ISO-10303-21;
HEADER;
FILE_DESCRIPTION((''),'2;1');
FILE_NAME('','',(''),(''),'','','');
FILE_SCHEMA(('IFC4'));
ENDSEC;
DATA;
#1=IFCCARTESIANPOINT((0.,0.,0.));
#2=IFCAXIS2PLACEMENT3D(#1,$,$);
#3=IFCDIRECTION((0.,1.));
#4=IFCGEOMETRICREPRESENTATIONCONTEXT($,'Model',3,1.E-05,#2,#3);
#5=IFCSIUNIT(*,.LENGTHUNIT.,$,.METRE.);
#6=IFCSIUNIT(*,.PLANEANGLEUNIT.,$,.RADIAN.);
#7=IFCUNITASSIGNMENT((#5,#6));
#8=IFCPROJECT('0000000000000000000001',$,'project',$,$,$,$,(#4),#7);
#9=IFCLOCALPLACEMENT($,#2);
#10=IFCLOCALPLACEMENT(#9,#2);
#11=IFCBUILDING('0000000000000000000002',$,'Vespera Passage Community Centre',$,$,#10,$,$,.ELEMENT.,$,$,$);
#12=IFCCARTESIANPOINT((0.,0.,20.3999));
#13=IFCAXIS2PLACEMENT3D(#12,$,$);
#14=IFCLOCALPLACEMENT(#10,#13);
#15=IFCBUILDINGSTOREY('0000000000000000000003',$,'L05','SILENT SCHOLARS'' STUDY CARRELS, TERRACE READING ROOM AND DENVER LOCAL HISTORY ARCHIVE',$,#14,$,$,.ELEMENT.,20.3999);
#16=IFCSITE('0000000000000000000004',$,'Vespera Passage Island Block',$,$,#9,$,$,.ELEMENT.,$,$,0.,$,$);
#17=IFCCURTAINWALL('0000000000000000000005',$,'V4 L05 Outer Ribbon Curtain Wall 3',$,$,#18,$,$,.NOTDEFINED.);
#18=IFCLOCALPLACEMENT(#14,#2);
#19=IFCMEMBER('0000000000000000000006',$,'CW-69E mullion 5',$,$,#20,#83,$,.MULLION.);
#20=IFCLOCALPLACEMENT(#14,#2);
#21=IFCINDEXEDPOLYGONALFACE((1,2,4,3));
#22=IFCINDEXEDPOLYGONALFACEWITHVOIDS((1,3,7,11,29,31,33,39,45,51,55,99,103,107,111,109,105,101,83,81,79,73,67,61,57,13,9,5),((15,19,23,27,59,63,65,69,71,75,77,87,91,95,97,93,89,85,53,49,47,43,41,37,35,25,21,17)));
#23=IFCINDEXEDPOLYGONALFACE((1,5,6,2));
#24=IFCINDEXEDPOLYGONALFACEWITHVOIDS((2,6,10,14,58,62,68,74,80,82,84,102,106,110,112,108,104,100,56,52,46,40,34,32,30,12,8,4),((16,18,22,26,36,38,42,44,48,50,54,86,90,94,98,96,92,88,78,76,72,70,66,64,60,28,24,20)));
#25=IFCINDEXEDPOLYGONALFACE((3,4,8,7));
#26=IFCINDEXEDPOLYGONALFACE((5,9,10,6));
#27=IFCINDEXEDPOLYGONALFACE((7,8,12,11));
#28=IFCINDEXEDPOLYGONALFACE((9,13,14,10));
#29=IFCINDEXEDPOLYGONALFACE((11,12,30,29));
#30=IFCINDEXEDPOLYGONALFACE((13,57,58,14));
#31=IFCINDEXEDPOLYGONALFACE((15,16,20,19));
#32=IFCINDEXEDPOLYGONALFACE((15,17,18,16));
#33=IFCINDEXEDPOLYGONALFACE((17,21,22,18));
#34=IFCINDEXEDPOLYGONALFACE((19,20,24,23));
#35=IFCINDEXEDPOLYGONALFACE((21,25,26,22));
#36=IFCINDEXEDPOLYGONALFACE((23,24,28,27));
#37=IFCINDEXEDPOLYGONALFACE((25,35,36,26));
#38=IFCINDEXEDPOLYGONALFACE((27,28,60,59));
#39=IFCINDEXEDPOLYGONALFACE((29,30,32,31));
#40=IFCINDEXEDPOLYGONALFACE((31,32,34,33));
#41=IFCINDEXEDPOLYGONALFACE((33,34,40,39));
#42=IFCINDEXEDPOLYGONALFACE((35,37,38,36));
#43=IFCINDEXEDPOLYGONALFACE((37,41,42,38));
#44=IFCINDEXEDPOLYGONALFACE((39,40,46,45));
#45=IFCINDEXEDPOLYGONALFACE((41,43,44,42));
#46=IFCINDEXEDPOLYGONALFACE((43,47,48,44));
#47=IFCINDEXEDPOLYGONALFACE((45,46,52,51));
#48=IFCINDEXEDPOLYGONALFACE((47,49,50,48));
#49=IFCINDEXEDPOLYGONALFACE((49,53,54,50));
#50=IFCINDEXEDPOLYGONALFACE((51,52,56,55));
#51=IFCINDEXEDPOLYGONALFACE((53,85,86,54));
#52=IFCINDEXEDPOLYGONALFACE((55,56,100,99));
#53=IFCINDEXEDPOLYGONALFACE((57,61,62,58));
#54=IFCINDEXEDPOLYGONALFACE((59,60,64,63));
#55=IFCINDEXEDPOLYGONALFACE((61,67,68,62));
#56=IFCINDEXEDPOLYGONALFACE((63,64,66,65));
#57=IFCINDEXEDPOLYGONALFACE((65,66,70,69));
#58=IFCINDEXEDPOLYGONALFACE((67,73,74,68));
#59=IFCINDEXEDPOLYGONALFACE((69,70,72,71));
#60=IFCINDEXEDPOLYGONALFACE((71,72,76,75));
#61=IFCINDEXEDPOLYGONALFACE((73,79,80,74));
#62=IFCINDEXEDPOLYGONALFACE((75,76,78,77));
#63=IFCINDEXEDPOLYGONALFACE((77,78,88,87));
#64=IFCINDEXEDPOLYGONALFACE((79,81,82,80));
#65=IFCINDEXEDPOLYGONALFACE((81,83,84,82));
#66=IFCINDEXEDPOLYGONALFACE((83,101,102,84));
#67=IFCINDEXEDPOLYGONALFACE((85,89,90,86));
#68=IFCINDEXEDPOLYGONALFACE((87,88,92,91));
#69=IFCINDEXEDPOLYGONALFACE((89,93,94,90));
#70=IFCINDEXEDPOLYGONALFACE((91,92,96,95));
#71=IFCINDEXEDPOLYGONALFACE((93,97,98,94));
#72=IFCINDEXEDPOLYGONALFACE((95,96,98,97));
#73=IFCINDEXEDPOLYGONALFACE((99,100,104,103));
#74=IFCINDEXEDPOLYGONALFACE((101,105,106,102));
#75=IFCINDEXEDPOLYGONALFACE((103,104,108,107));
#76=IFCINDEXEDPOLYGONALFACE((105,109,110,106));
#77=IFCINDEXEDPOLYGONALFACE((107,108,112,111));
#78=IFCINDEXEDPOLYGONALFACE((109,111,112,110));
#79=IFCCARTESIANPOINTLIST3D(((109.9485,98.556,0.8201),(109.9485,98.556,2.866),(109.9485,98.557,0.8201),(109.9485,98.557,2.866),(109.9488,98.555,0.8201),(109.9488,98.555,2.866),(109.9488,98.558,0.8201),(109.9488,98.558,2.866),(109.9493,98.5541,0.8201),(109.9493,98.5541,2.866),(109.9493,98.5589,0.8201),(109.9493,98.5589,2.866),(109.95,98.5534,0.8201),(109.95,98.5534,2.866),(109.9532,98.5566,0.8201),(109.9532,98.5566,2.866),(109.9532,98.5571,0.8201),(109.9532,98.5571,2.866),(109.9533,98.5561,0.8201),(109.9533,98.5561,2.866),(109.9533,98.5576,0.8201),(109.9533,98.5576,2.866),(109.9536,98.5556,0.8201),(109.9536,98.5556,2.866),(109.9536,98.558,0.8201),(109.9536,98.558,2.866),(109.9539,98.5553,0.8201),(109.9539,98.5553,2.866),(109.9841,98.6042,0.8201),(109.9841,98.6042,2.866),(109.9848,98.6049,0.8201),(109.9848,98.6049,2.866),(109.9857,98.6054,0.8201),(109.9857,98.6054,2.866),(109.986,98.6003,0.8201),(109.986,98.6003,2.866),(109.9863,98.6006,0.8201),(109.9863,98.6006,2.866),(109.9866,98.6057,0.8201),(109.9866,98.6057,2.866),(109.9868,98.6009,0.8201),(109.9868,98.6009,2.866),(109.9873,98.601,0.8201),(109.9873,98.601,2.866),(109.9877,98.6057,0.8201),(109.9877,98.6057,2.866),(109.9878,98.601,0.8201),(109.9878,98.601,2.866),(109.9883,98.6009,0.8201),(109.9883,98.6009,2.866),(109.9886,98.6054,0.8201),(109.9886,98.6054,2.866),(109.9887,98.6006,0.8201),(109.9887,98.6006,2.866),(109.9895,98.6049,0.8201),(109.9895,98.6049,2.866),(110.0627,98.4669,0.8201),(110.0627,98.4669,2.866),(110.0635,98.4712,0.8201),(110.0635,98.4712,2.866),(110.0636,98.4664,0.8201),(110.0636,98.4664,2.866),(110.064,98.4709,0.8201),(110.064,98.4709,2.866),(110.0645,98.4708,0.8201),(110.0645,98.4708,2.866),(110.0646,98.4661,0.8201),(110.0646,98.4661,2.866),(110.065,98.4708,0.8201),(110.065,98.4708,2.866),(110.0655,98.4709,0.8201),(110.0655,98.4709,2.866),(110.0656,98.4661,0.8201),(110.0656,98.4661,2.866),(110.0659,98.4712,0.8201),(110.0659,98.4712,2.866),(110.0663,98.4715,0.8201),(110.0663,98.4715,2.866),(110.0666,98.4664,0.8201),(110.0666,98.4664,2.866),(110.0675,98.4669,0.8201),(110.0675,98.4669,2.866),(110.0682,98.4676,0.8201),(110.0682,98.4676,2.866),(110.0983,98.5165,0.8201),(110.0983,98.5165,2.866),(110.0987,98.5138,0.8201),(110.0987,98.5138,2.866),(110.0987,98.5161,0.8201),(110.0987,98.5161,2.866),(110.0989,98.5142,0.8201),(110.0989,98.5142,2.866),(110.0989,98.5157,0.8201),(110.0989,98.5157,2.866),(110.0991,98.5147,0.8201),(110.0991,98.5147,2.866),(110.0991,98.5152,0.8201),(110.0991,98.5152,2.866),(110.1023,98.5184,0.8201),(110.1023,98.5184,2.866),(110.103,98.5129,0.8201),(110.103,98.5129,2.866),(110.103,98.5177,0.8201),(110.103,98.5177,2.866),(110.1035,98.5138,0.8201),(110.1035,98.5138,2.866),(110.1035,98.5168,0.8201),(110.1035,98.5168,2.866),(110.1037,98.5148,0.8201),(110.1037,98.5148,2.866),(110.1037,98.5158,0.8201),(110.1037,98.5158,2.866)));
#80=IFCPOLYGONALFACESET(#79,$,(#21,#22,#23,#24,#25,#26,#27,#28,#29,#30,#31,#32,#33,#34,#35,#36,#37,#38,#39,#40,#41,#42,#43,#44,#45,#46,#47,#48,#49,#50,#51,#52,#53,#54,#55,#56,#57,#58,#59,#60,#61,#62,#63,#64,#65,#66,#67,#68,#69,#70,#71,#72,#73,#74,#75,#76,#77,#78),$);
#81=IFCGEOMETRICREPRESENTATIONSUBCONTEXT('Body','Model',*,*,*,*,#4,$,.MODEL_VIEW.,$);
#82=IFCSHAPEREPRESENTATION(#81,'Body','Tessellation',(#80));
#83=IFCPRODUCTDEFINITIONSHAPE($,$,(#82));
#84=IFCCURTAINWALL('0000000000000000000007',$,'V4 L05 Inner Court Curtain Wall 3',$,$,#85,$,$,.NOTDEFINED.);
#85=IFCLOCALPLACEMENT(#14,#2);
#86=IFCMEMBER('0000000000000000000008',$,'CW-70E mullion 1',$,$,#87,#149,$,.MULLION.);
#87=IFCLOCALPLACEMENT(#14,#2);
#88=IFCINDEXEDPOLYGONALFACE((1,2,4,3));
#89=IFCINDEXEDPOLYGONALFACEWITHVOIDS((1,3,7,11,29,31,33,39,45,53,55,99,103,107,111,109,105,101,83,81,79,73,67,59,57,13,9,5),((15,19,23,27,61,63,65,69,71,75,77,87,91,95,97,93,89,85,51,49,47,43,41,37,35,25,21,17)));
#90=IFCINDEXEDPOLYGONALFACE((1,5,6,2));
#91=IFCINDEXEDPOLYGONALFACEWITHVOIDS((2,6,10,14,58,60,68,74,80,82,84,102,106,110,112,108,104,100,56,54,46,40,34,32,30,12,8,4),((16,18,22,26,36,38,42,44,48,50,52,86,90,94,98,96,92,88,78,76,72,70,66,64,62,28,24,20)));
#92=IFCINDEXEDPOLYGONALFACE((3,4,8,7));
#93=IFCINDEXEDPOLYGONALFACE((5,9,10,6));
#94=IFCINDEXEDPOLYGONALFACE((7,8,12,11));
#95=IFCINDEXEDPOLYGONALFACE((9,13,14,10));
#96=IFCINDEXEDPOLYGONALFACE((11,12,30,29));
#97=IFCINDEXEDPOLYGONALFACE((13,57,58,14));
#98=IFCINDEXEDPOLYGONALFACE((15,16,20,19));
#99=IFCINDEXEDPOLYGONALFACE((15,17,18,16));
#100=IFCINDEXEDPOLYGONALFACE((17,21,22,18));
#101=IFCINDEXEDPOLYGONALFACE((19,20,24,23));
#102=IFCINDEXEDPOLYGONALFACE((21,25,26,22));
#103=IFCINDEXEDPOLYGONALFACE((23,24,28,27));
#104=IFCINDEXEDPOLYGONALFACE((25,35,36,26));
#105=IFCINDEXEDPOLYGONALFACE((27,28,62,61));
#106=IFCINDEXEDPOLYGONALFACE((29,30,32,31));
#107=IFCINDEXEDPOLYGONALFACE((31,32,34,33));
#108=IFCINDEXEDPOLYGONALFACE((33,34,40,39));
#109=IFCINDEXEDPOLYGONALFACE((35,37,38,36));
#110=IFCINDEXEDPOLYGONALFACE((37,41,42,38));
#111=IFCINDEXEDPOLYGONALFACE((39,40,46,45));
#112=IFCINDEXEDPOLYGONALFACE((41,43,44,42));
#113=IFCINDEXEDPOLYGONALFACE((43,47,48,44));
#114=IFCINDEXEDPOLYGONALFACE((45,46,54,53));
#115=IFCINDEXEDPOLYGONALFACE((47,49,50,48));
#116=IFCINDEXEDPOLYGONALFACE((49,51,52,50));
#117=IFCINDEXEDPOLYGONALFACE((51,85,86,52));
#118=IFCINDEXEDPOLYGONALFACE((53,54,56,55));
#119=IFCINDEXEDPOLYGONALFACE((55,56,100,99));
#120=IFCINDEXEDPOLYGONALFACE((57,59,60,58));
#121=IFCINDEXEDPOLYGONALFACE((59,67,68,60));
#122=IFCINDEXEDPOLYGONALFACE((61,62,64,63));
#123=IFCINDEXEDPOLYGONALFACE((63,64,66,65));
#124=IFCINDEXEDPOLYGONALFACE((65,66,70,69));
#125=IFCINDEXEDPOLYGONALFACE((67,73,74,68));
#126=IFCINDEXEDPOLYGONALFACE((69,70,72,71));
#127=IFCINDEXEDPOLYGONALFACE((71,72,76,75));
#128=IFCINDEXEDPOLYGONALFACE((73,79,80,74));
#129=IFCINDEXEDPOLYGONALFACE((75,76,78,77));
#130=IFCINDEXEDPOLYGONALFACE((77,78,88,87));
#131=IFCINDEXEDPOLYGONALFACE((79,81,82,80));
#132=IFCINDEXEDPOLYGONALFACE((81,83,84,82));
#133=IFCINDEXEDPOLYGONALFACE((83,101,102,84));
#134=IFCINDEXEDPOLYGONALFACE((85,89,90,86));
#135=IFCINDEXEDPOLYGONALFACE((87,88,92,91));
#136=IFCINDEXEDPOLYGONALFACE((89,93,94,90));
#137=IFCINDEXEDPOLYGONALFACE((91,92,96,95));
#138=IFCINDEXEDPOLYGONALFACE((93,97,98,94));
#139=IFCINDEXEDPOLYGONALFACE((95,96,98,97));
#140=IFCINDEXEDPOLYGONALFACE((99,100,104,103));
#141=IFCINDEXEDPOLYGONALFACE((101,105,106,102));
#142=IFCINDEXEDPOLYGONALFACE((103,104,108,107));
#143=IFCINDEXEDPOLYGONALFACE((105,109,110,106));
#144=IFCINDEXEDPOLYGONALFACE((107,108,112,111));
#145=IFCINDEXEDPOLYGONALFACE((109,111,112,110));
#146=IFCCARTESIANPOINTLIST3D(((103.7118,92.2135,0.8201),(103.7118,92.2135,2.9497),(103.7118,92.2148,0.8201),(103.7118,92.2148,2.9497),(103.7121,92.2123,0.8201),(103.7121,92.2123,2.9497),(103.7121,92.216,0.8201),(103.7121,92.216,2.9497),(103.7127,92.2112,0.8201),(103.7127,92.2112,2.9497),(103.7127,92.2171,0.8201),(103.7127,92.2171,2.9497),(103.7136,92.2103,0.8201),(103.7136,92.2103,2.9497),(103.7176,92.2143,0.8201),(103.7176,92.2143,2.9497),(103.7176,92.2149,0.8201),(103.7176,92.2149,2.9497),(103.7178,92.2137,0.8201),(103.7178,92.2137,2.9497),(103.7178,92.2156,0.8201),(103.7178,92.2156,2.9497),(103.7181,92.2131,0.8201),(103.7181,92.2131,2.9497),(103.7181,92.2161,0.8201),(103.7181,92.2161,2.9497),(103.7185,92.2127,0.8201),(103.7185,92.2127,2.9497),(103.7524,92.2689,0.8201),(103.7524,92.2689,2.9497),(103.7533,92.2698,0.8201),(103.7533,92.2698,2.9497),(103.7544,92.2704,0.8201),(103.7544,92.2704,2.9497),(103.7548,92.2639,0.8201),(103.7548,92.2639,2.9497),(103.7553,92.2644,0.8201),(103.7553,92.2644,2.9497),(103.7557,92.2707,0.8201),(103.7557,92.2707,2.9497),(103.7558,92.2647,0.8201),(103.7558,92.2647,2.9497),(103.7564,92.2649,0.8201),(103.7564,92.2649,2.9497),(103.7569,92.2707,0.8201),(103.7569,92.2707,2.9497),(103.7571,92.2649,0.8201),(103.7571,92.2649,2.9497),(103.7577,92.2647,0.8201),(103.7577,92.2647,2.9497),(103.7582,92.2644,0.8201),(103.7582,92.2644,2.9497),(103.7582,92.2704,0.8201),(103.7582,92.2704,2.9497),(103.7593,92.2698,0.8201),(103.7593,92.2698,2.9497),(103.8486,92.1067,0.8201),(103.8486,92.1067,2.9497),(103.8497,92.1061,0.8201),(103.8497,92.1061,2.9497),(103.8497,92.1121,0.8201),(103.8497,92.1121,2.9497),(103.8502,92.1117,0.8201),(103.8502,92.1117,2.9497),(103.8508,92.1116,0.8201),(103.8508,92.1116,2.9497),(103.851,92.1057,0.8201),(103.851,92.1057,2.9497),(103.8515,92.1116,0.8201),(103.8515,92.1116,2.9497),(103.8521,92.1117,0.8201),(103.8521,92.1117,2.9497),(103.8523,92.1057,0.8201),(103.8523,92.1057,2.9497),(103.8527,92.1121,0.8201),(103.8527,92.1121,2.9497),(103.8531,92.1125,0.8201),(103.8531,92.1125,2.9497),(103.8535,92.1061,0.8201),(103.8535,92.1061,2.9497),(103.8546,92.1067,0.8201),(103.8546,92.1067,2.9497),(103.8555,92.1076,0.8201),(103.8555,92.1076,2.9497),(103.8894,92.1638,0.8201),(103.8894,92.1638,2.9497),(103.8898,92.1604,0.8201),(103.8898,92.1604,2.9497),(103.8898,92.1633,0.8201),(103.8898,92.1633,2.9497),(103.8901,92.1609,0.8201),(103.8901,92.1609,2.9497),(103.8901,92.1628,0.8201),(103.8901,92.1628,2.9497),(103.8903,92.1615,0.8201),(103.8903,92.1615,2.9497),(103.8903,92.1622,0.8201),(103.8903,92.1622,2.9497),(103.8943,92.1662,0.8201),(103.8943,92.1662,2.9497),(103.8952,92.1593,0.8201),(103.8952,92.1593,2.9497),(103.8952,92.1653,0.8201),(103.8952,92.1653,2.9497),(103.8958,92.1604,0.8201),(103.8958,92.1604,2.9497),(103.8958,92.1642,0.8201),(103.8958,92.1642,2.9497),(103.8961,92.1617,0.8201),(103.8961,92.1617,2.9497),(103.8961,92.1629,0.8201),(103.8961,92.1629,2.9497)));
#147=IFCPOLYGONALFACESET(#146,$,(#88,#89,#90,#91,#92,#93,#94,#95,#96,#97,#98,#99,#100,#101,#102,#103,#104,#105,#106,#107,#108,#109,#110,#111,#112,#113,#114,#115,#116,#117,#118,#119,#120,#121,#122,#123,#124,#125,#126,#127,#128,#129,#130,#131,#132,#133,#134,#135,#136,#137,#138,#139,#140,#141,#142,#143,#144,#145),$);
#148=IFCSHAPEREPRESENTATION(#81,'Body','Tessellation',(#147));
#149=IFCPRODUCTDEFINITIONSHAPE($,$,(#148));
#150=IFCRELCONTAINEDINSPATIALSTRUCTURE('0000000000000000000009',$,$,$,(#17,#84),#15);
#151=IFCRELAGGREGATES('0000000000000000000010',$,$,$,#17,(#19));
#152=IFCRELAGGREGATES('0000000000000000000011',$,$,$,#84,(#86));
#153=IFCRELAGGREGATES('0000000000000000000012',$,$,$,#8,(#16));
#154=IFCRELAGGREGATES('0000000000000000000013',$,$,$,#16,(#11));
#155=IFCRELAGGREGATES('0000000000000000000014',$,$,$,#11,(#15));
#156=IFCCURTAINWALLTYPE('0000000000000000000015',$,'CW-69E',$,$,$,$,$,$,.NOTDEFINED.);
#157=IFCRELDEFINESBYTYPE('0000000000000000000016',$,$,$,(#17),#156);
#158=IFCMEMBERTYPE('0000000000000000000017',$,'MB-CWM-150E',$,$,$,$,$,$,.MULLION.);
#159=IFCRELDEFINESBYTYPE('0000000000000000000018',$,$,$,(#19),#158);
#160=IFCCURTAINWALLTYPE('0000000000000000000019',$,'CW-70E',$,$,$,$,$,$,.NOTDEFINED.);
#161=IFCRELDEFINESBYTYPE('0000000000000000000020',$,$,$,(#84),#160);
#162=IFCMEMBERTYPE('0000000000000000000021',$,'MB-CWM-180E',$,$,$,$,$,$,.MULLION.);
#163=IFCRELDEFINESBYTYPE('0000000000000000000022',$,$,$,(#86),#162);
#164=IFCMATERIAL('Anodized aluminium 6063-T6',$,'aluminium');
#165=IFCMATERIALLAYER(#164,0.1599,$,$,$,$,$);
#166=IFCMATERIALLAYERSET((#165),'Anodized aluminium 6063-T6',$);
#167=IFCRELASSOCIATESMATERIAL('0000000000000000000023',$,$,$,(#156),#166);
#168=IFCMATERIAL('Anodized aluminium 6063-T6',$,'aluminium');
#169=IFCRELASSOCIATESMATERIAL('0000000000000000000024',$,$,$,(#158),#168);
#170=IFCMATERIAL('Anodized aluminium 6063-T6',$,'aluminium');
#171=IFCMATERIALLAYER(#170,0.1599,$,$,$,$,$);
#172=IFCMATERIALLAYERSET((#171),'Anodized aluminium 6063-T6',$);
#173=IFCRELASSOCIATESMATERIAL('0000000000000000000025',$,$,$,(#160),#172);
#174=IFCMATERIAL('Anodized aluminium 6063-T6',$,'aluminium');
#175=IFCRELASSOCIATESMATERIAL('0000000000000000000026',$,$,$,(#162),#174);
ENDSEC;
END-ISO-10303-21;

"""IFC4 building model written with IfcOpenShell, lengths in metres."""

from ifc_helpers import new_model, si_unit, direction, frame, origin, origin_2d, place, context, subcontext, project, spatial, hollow_rectangle, extrude, material, layer, layer_set, material_profile, profile_set, type_object, element, aggregate, save


model = new_model("IFC4")

# Units and contexts
model_context = context("Model", 3, precision=1e-05, world=origin(), true_north=direction((0.0, 1.0)))
body_context = subcontext(model_context, "Body", "Model", "MODEL_VIEW")
ifc_project = project(units=[si_unit("LENGTHUNIT", "METRE"), si_unit("PLANEANGLEUNIT", "RADIAN")], contexts=[model_context])

# Site, building, storey
site_placement = place(None, origin())
site = spatial("IfcSite", under=ifc_project, at=site_placement, Name="Vespera Passage Island Block", CompositionType="ELEMENT", RefElevation=0.0)
building_placement = place(site_placement, origin())
building = spatial("IfcBuilding", under=site, at=building_placement, Name="Vespera Passage Community Centre", CompositionType="ELEMENT")
storey_placement = place(building_placement, frame((0.0, 0.0, 20.3999)))
storey = spatial("IfcBuildingStorey", under=building, at=storey_placement, Name="L05", Description="SILENT SCHOLARS' STUDY CARRELS, TERRACE READING ROOM AND DENVER LOCAL HISTORY ARCHIVE", CompositionType="ELEMENT", Elevation=20.3999)

# Curtain wall, member
ifc_material_1 = material(Name="Anodized aluminium 6063-T6", Category="aluminium")
ifc_layer_1 = layer(ifc_material_1, 0.1599)
ifc_layer_set_1 = layer_set([ifc_layer_1], Name="Anodized aluminium 6063-T6")
curtain_wall_type_1 = type_object("IfcCurtainWallType", Name="CW-69E", PredefinedType="NOTDEFINED", material=ifc_layer_set_1)
curtain_wall_1_placement = place(storey_placement, origin())
curtain_wall_1 = element("IfcCurtainWall", 1, at=curtain_wall_1_placement, inside=storey, type_object=curtain_wall_type_1, Name="V4 L05 Outer Ribbon Curtain Wall 3", PredefinedType="NOTDEFINED")
ifc_material_2 = material(Name="Anodized aluminium 6063-T6", Category="aluminium")
ifc_material_profile_1 = material_profile(ifc_material_2, hollow_rectangle(XDim=0.0649, YDim=0.1499, WallThickness=0.0039, InnerFilletRadius=0.002, OuterFilletRadius=0.0039, at=origin_2d()), Name="ALU150X65X4")
ifc_profile_set_1 = profile_set([ifc_material_profile_1], Name="Anodized aluminium 6063-T6")
member_type_1 = type_object("IfcMemberType", Name="MB-CWM-150E", PredefinedType="MULLION", material=ifc_profile_set_1)
member_1_placement = place(storey_placement, frame((110.0261, 98.5359, 0.8201), z_axis=(0.0, 0.0, 1.0), x_axis=(0.608772, 0.793345, 0.0)))
member_1 = element("IfcMember", 2, at=member_1_placement, type_object=member_type_1, Name="CW-69E mullion 5", PredefinedType="MULLION", context=body_context, shape_type="SweptSolid", body=[
    extrude(hollow_rectangle(XDim=0.0649, YDim=0.1499, WallThickness=0.0039, InnerFilletRadius=0.002, OuterFilletRadius=0.0039, at=origin_2d()), origin(), (0.0, 0.0, 1.0), 2.0459),
])

# Curtain wall, member
ifc_material_3 = material(Name="Anodized aluminium 6063-T6", Category="aluminium")
ifc_layer_2 = layer(ifc_material_3, 0.1599)
ifc_layer_set_2 = layer_set([ifc_layer_2], Name="Anodized aluminium 6063-T6")
curtain_wall_type_2 = type_object("IfcCurtainWallType", Name="CW-70E", PredefinedType="NOTDEFINED", material=ifc_layer_set_2)
curtain_wall_2_placement = place(storey_placement, origin())
curtain_wall_2 = element("IfcCurtainWall", 3, at=curtain_wall_2_placement, inside=storey, type_object=curtain_wall_type_2, Name="V4 L05 Inner Court Curtain Wall 3", PredefinedType="NOTDEFINED")
ifc_material_4 = material(Name="Anodized aluminium 6063-T6", Category="aluminium")
ifc_material_profile_2 = material_profile(ifc_material_4, hollow_rectangle(XDim=0.075, YDim=0.1799, WallThickness=0.0049, InnerFilletRadius=0.0024, OuterFilletRadius=0.0049, at=origin_2d()), Name="ALU180X75X5")
ifc_profile_set_2 = profile_set([ifc_material_profile_2], Name="Anodized aluminium 6063-T6")
member_type_2 = type_object("IfcMemberType", Name="MB-CWM-180E", PredefinedType="MULLION", material=ifc_profile_set_2)
member_2_placement = place(storey_placement, frame((103.804, 92.1882, 0.8201), z_axis=(0.0, 0.0, 1.0), x_axis=(-0.608755, -0.793358, 0.0)))
member_2 = element("IfcMember", 4, at=member_2_placement, type_object=member_type_2, Name="CW-70E mullion 1", PredefinedType="MULLION", context=body_context, shape_type="SweptSolid", body=[
    extrude(hollow_rectangle(XDim=0.075, YDim=0.1799, WallThickness=0.0049, InnerFilletRadius=0.0024, OuterFilletRadius=0.0049, at=origin_2d()), origin(), (0.0, 0.0, 1.0), 2.1296),
])

aggregate(curtain_wall_1, [member_1])
aggregate(curtain_wall_2, [member_2])

save(model, "model.ifc")
